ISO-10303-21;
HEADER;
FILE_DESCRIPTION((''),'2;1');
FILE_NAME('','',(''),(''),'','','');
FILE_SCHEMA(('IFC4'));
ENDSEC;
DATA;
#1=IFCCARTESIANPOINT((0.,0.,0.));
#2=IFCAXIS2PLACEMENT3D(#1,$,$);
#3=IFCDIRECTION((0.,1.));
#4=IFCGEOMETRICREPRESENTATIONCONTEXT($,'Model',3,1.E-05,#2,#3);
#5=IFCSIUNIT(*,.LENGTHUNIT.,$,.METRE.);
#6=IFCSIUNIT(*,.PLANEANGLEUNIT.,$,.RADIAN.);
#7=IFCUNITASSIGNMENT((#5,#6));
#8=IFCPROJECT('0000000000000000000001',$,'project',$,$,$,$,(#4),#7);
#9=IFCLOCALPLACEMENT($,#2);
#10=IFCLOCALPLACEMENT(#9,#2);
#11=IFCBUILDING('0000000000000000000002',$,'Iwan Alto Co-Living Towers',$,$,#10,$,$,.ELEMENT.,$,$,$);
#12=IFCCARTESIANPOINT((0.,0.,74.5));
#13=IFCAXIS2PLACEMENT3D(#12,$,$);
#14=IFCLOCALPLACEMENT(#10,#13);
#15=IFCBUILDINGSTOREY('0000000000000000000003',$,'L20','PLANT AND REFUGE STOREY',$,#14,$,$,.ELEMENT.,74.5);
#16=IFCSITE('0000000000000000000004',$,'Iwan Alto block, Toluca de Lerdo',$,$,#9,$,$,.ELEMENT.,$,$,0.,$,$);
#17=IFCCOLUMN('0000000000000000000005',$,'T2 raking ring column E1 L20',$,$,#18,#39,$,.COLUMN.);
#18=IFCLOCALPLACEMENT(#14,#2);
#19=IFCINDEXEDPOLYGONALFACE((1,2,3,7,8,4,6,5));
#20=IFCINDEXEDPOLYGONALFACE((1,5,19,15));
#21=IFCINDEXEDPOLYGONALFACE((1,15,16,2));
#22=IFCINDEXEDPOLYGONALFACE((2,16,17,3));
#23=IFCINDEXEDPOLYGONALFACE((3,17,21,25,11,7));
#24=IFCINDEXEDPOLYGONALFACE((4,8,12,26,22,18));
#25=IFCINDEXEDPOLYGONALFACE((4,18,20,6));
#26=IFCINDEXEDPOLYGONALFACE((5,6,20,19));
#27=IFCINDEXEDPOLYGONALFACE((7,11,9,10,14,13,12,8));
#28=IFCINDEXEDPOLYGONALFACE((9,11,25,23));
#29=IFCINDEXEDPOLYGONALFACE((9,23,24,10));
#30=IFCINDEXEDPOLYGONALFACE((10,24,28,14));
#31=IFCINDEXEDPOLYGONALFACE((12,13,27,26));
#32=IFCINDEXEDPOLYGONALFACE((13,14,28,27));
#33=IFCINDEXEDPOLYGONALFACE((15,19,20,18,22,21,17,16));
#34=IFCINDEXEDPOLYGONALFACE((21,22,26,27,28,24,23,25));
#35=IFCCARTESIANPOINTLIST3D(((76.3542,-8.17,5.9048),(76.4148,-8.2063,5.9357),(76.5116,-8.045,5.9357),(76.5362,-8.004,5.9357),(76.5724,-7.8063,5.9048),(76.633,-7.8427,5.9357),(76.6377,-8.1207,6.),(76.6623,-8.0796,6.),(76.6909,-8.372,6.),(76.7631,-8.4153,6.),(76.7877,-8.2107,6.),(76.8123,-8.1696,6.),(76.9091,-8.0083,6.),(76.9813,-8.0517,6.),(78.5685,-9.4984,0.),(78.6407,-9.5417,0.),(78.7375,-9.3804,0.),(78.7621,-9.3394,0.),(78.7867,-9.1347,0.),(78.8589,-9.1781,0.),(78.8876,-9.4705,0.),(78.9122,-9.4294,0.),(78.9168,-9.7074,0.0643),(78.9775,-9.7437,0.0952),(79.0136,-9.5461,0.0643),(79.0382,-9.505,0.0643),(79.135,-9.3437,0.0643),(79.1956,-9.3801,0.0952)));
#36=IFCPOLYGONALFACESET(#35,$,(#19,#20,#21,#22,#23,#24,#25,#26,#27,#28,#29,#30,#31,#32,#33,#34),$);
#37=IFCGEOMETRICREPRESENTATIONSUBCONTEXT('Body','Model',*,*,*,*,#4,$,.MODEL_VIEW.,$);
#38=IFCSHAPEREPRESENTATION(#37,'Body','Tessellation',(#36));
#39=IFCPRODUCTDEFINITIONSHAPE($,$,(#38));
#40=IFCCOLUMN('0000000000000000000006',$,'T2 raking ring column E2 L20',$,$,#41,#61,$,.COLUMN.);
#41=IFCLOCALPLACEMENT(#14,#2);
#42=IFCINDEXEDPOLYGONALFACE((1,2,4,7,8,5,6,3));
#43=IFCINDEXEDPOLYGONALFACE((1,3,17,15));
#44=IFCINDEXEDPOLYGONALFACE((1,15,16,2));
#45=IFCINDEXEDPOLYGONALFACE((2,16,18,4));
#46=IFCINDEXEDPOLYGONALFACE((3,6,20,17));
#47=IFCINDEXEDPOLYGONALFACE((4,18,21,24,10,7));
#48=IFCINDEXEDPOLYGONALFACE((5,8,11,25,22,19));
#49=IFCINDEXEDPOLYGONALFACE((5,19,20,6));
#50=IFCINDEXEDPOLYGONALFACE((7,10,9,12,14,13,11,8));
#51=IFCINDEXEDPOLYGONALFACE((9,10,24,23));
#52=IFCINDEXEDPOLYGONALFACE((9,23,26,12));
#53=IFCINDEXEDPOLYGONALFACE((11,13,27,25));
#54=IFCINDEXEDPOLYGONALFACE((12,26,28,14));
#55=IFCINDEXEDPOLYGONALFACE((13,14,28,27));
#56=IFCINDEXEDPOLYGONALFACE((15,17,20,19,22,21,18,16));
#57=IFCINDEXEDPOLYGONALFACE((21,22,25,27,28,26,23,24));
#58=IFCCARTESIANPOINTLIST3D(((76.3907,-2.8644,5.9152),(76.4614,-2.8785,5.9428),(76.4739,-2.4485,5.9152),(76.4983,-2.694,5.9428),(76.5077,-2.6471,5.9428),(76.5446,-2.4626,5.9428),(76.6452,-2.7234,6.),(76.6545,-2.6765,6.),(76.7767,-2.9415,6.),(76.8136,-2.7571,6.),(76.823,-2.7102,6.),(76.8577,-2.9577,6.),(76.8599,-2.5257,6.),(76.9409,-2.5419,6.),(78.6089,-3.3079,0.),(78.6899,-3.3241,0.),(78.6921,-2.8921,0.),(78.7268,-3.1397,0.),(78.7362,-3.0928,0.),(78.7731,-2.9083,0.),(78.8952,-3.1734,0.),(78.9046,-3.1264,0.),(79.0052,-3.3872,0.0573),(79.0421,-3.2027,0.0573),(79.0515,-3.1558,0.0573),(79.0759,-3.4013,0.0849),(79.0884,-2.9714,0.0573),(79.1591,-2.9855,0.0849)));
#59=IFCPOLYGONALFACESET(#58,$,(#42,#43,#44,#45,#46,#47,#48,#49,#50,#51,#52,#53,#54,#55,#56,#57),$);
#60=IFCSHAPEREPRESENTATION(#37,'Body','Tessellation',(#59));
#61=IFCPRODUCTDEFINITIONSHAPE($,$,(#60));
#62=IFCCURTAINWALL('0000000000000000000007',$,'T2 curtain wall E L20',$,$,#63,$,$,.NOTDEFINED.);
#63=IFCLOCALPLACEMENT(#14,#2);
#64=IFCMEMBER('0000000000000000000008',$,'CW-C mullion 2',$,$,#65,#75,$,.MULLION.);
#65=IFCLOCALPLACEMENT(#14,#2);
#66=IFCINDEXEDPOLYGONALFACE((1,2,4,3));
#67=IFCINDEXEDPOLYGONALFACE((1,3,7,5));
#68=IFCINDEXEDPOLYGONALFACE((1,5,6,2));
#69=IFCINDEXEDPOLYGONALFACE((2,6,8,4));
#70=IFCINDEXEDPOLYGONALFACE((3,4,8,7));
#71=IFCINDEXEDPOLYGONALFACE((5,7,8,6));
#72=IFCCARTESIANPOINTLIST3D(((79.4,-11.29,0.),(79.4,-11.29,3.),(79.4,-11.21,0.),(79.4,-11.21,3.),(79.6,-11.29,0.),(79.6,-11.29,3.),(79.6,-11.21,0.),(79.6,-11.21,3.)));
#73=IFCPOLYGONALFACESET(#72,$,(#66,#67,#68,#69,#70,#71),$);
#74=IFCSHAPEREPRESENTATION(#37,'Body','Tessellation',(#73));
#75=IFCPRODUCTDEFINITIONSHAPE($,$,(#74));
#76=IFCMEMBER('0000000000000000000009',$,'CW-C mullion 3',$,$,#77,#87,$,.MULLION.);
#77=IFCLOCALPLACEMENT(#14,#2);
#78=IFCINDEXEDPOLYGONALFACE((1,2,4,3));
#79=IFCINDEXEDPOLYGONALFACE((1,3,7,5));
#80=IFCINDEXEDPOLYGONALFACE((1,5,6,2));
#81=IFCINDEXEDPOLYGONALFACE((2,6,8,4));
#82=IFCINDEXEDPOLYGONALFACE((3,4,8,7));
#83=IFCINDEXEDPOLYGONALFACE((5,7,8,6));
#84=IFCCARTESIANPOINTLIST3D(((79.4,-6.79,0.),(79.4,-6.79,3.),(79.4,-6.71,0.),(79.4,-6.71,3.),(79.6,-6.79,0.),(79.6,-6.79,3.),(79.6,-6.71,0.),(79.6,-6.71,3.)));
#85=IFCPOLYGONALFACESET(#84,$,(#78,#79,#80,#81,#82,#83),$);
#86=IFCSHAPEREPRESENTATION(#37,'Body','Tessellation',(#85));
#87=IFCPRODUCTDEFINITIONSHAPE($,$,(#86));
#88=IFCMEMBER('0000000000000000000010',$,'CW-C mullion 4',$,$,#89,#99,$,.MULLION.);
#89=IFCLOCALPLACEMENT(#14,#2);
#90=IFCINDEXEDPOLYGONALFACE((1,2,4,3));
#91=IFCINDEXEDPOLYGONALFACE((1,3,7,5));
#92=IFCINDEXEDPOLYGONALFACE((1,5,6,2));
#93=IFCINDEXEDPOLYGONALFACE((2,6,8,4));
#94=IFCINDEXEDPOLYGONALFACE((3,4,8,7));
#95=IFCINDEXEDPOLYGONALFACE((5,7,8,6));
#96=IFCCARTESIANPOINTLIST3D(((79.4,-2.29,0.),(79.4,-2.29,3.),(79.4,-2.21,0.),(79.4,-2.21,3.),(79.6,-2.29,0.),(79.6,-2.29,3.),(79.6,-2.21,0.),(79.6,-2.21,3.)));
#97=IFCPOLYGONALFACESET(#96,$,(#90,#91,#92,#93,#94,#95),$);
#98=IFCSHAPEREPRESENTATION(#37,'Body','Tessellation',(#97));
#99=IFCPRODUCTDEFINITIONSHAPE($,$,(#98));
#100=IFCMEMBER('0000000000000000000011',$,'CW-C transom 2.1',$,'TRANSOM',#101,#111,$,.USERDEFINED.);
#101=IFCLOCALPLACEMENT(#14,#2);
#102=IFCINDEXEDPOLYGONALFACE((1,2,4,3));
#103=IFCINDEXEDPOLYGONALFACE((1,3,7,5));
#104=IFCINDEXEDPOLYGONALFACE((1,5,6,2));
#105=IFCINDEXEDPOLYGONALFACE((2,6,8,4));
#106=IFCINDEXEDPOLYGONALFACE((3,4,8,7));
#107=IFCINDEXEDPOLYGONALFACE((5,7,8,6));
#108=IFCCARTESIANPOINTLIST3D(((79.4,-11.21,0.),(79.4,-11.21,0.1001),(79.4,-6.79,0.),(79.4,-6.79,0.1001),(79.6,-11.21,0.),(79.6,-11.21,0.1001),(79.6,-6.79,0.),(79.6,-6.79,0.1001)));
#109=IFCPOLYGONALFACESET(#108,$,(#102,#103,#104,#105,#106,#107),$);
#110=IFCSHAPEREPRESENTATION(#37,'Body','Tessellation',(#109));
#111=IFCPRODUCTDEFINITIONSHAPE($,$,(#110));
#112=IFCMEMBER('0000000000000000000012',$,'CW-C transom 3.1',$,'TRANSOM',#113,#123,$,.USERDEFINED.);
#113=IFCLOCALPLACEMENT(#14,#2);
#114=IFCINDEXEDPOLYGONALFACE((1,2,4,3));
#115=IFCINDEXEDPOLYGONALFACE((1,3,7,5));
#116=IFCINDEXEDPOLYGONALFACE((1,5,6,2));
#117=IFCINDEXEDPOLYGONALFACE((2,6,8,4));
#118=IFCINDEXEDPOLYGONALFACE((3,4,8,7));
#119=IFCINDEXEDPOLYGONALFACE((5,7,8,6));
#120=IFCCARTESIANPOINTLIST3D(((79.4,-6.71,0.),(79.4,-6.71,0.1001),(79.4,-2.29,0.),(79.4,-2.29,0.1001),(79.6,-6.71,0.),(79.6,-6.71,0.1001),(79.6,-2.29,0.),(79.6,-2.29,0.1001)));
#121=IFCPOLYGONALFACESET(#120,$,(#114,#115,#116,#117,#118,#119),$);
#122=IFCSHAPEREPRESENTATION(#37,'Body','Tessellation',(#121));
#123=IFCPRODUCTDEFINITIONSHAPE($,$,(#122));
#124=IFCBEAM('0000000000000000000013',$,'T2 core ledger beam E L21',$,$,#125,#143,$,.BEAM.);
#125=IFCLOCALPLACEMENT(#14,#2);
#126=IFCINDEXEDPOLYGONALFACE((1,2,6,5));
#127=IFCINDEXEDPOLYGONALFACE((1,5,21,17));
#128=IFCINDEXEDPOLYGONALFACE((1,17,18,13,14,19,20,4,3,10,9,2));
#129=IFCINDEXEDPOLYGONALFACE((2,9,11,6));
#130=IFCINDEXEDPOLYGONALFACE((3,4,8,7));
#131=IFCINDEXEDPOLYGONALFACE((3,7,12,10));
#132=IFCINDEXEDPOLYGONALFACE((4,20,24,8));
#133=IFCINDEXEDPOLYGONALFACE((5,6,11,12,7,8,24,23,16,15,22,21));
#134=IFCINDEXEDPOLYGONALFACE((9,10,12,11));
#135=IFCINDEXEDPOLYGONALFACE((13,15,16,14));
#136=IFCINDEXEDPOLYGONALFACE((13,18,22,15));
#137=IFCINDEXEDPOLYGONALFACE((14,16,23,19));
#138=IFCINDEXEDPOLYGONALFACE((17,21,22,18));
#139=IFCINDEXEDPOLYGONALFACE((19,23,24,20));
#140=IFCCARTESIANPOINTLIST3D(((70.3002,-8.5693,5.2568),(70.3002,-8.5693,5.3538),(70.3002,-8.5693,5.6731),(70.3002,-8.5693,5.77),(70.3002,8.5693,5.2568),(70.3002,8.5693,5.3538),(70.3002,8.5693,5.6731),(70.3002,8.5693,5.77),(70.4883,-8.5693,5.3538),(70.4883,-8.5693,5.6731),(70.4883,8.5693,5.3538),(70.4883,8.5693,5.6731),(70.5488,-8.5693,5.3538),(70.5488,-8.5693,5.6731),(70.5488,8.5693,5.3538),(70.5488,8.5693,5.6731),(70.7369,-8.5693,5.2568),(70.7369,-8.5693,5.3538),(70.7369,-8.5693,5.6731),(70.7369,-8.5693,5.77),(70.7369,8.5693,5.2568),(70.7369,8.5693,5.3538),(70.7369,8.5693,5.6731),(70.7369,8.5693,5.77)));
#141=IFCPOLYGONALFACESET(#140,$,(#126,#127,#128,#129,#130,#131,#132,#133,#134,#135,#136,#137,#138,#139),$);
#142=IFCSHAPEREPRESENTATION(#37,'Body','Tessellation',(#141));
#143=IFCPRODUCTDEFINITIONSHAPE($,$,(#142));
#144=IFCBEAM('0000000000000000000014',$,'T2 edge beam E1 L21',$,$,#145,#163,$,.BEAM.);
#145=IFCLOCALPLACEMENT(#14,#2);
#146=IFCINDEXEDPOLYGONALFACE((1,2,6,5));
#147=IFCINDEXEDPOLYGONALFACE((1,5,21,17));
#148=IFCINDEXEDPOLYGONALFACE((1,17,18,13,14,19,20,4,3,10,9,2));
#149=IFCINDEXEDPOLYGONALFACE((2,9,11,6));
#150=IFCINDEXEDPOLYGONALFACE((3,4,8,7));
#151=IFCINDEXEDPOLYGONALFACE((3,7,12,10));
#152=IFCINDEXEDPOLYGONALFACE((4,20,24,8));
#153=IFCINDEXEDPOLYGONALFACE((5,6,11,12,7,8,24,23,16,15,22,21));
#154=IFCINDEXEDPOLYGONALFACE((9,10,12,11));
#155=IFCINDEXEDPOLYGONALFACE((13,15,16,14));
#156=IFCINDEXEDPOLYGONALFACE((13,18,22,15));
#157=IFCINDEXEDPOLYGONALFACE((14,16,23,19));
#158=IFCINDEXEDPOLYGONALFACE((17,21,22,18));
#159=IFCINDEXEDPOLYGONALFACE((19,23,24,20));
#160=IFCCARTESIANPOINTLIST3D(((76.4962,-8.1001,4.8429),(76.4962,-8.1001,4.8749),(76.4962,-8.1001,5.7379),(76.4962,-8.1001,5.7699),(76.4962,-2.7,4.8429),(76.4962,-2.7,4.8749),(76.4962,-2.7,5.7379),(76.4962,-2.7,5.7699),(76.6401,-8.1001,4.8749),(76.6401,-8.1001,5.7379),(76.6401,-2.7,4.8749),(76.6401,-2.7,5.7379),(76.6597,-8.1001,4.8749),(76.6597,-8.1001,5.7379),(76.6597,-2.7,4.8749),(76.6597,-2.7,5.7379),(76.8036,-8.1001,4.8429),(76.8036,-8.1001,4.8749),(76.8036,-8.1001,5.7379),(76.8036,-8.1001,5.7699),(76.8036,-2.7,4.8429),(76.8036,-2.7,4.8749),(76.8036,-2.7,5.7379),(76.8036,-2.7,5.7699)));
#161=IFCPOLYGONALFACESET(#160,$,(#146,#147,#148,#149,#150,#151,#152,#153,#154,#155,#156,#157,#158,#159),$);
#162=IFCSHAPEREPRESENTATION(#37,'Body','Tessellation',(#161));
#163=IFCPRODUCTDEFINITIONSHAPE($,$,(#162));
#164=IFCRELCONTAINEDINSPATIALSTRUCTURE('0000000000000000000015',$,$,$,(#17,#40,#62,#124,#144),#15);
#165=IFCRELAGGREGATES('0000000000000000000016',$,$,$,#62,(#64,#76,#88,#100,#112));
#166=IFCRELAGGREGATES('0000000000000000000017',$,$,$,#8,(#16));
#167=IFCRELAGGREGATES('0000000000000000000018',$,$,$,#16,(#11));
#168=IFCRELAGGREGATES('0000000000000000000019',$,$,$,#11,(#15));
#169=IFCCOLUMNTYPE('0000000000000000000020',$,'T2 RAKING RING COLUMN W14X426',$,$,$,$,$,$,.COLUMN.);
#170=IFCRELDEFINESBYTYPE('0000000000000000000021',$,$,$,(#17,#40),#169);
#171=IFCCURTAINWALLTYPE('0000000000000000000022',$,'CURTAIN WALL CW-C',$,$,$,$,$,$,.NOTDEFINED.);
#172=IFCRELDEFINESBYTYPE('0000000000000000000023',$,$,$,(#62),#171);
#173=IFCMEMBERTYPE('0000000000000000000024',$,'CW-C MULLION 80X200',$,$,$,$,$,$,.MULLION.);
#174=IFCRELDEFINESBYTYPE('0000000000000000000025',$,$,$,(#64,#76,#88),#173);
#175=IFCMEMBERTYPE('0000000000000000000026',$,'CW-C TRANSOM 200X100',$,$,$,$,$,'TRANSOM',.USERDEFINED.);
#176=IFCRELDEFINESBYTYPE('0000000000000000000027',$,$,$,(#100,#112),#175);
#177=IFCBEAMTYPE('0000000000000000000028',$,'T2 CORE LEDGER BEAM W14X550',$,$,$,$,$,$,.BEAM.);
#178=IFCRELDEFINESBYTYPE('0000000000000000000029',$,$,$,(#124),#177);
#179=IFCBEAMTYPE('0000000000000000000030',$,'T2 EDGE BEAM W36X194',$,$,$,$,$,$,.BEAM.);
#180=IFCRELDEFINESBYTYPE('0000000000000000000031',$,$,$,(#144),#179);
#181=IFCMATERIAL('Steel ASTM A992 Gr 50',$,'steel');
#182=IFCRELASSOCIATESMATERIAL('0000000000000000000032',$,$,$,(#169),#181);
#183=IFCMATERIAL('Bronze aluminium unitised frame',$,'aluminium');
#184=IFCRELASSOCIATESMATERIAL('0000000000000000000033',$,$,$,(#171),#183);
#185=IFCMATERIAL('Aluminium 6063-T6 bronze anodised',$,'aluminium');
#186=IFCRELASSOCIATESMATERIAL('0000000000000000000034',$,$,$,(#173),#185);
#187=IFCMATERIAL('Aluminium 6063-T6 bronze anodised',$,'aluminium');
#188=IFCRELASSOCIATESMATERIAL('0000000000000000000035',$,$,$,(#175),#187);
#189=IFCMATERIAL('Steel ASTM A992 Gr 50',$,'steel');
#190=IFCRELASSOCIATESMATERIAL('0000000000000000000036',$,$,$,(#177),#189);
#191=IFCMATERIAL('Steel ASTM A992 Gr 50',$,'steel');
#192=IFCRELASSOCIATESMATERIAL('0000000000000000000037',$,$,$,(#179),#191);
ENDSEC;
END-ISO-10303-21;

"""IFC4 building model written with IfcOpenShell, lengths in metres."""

from ifc_helpers import new_model, si_unit, direction, frame, origin, origin_2d, place, context, subcontext, project, spatial, rectangle, i_section, extrude, clip, halfspace, material, material_profile, profile_set, type_object, element, aggregate, save


model = new_model("IFC4")

# Units and contexts
model_context = context("Model", 3, precision=1e-05, world=origin(), true_north=direction((0.0, 1.0)))
body_context = subcontext(model_context, "Body", "Model", "MODEL_VIEW")
ifc_project = project(units=[si_unit("LENGTHUNIT", "METRE"), si_unit("PLANEANGLEUNIT", "RADIAN")], contexts=[model_context])

# Site, building, storey
site_placement = place(None, origin())
site = spatial("IfcSite", under=ifc_project, at=site_placement, Name="Iwan Alto block, Toluca de Lerdo", CompositionType="ELEMENT", RefElevation=0.0)
building_placement = place(site_placement, origin())
building = spatial("IfcBuilding", under=site, at=building_placement, Name="Iwan Alto Co-Living Towers", CompositionType="ELEMENT")
storey_placement = place(building_placement, frame((0.0, 0.0, 74.5)))
storey = spatial("IfcBuildingStorey", under=building, at=storey_placement, Name="L20", Description="PLANT AND REFUGE STOREY", CompositionType="ELEMENT", Elevation=74.5)

# Columns
ifc_material_1 = material(Name="Steel ASTM A992 Gr 50", Category="steel")
ifc_material_profile_1 = material_profile(ifc_material_1, i_section(OverallWidth=0.4241, OverallDepth=0.4751, WebThickness=0.0479, FlangeThickness=0.0771, at=origin_2d()), Name="W14X426")
ifc_profile_set_1 = profile_set([ifc_material_profile_1], Name="Steel ASTM A992 Gr 50")
column_type = type_object("IfcColumnType", Name="T2 RAKING RING COLUMN W14X426", PredefinedType="COLUMN", material=ifc_profile_set_1)
column_1_placement = place(storey_placement, frame((78.8999, -9.45, 0.0), z_axis=(-0.343583, 0.206128, 0.916222), x_axis=(-0.514455, -0.857518, 0.0)))
element("IfcColumn", 1, at=column_1_placement, inside=storey, type_object=column_type, Name="T2 raking ring column E1 L20", PredefinedType="COLUMN", context=body_context, shape_type="Clipping", body=[
    clip(clip(extrude(i_section(OverallWidth=0.4241, OverallDepth=0.4751, WebThickness=0.0479, FlangeThickness=0.0771, at=origin_2d()), origin(), (0.0, 0.0, 1.0), 6.5486), halfspace(frame((0.0, 0.0, 0.0), z_axis=(0.0, -0.400672, -0.916222), x_axis=(-0.514455, 0.785676, -0.343583)), False)), halfspace(frame((0.0, 2.4041, 5.4973), z_axis=(0.0, 0.400672, 0.916222), x_axis=(-0.514455, 0.785676, -0.343583)), False)),
])
column_2_placement = place(storey_placement, frame((78.8999, -3.1499, 0.0), z_axis=(-0.350261, 0.070045, 0.934029), x_axis=(-0.196096, -0.980585, 0.0)))
element("IfcColumn", 2, at=column_2_placement, inside=storey, type_object=column_type, Name="T2 raking ring column E2 L20", PredefinedType="COLUMN", context=body_context, shape_type="Clipping", body=[
    clip(clip(extrude(i_section(OverallWidth=0.4241, OverallDepth=0.4751, WebThickness=0.0479, FlangeThickness=0.0771, at=origin_2d()), origin(), (0.0, 0.0, 1.0), 6.4238), halfspace(frame((0.0, 0.0, 0.0), z_axis=(0.0, -0.357196, -0.934029), x_axis=(-0.196096, 0.915895, -0.350261)), False)), halfspace(frame((0.0, 2.1431, 5.6042), z_axis=(0.0, 0.357196, 0.934029), x_axis=(-0.196096, 0.915895, -0.350261)), False)),
])

# Curtain wall, members
ifc_material_2 = material(Name="Bronze aluminium unitised frame", Category="aluminium")
curtain_wall_type = type_object("IfcCurtainWallType", Name="CURTAIN WALL CW-C", PredefinedType="NOTDEFINED", material=ifc_material_2)
curtain_wall_placement = place(storey_placement, origin())
curtain_wall = element("IfcCurtainWall", 3, at=curtain_wall_placement, inside=storey, type_object=curtain_wall_type, Name="T2 curtain wall E L20", PredefinedType="NOTDEFINED")
ifc_material_3 = material(Name="Aluminium 6063-T6 bronze anodised", Category="aluminium")
ifc_material_profile_2 = material_profile(ifc_material_3, rectangle(XDim=0.2, YDim=0.0801, at=origin_2d()), Name="AL 80X200")
ifc_profile_set_2 = profile_set([ifc_material_profile_2], Name="Aluminium 6063-T6 bronze anodised")
member_type_1 = type_object("IfcMemberType", Name="CW-C MULLION 80X200", PredefinedType="MULLION", material=ifc_profile_set_2)
member_1_placement = place(storey_placement, frame((79.5, -11.25, 0.0), z_axis=(0.0, 0.0, 1.0), x_axis=(-1.0, 0.0, 0.0)))
member_1 = element("IfcMember", 4, at=member_1_placement, type_object=member_type_1, Name="CW-C mullion 2", PredefinedType="MULLION", context=body_context, shape_type="SweptSolid", body=[
    extrude(rectangle(XDim=0.2, YDim=0.0801, at=origin_2d()), origin(), (0.0, 0.0, 1.0), 3.0),
])
member_2_placement = place(storey_placement, frame((79.5, -6.75, 0.0), z_axis=(0.0, 0.0, 1.0), x_axis=(-1.0, 0.0, 0.0)))
member_2 = element("IfcMember", 5, at=member_2_placement, type_object=member_type_1, Name="CW-C mullion 3", PredefinedType="MULLION", context=body_context, shape_type="SweptSolid", body=[
    extrude(rectangle(XDim=0.2, YDim=0.0801, at=origin_2d()), origin(), (0.0, 0.0, 1.0), 3.0),
])
member_3_placement = place(storey_placement, frame((79.5, -2.25, 0.0), z_axis=(0.0, 0.0, 1.0), x_axis=(-1.0, 0.0, 0.0)))
member_3 = element("IfcMember", 6, at=member_3_placement, type_object=member_type_1, Name="CW-C mullion 4", PredefinedType="MULLION", context=body_context, shape_type="SweptSolid", body=[
    extrude(rectangle(XDim=0.2, YDim=0.0801, at=origin_2d()), origin(), (0.0, 0.0, 1.0), 3.0),
])
ifc_material_4 = material(Name="Aluminium 6063-T6 bronze anodised", Category="aluminium")
ifc_material_profile_3 = material_profile(ifc_material_4, rectangle(XDim=0.2, YDim=0.1001, at=origin_2d()), Name="AL 200X100")
ifc_profile_set_3 = profile_set([ifc_material_profile_3], Name="Aluminium 6063-T6 bronze anodised")
member_type_2 = type_object("IfcMemberType", Name="CW-C TRANSOM 200X100", ElementType="TRANSOM", PredefinedType="USERDEFINED", material=ifc_profile_set_3)
member_4_placement = place(storey_placement, frame((79.5, -11.21, 0.05), z_axis=(0.0, 1.0, 0.0), x_axis=(-1.0, 0.0, 0.0)))
member_4 = element("IfcMember", 7, at=member_4_placement, type_object=member_type_2, Name="CW-C transom 2.1", ObjectType="TRANSOM", PredefinedType="USERDEFINED", context=body_context, shape_type="SweptSolid", body=[
    extrude(rectangle(XDim=0.2, YDim=0.1001, at=origin_2d()), origin(), (0.0, 0.0, 1.0), 4.4199),
])
member_5_placement = place(storey_placement, frame((79.5, -6.71, 0.05), z_axis=(0.0, 1.0, 0.0), x_axis=(-1.0, 0.0, 0.0)))
member_5 = element("IfcMember", 8, at=member_5_placement, type_object=member_type_2, Name="CW-C transom 3.1", ObjectType="TRANSOM", PredefinedType="USERDEFINED", context=body_context, shape_type="SweptSolid", body=[
    extrude(rectangle(XDim=0.2, YDim=0.1001, at=origin_2d()), origin(), (0.0, 0.0, 1.0), 4.4199),
])

# Beams
ifc_material_5 = material(Name="Steel ASTM A992 Gr 50", Category="steel")
ifc_material_profile_4 = material_profile(ifc_material_5, i_section(OverallWidth=0.4368, OverallDepth=0.5132, WebThickness=0.0605, FlangeThickness=0.0969, at=origin_2d()), Name="W14X550")
ifc_profile_set_4 = profile_set([ifc_material_profile_4], Name="Steel ASTM A992 Gr 50")
beam_type_1 = type_object("IfcBeamType", Name="T2 CORE LEDGER BEAM W14X550", PredefinedType="BEAM", material=ifc_profile_set_4)
beam_1_placement = place(storey_placement, frame((70.5186, -8.5693, 5.5134), z_axis=(0.0, 1.0, 0.0), x_axis=(-1.0, 0.0, 0.0)))
element("IfcBeam", 9, at=beam_1_placement, inside=storey, type_object=beam_type_1, Name="T2 core ledger beam E L21", PredefinedType="BEAM", context=body_context, shape_type="SweptSolid", body=[
    extrude(i_section(OverallWidth=0.4368, OverallDepth=0.5132, WebThickness=0.0605, FlangeThickness=0.0969, at=origin_2d()), origin(), (0.0, 0.0, 1.0), 17.1387),
])
ifc_material_6 = material(Name="Steel ASTM A992 Gr 50", Category="steel")
ifc_material_profile_5 = material_profile(ifc_material_6, i_section(OverallWidth=0.3074, OverallDepth=0.927, WebThickness=0.0195, FlangeThickness=0.032, at=origin_2d()), Name="W36X194")
ifc_profile_set_5 = profile_set([ifc_material_profile_5], Name="Steel ASTM A992 Gr 50")
beam_type_2 = type_object("IfcBeamType", Name="T2 EDGE BEAM W36X194", PredefinedType="BEAM", material=ifc_profile_set_5)
beam_2_placement = place(storey_placement, frame((76.6499, -8.1001, 5.3064), z_axis=(0.0, 1.0, 0.0), x_axis=(-1.0, 0.0, 0.0)))
element("IfcBeam", 10, at=beam_2_placement, inside=storey, type_object=beam_type_2, Name="T2 edge beam E1 L21", PredefinedType="BEAM", context=body_context, shape_type="SweptSolid", body=[
    extrude(i_section(OverallWidth=0.3074, OverallDepth=0.927, WebThickness=0.0195, FlangeThickness=0.032, at=origin_2d()), origin(), (0.0, 0.0, 1.0), 5.4001),
])

aggregate(curtain_wall, [member_1, member_2, member_3, member_4, member_5])

save(model, "model.ifc")
